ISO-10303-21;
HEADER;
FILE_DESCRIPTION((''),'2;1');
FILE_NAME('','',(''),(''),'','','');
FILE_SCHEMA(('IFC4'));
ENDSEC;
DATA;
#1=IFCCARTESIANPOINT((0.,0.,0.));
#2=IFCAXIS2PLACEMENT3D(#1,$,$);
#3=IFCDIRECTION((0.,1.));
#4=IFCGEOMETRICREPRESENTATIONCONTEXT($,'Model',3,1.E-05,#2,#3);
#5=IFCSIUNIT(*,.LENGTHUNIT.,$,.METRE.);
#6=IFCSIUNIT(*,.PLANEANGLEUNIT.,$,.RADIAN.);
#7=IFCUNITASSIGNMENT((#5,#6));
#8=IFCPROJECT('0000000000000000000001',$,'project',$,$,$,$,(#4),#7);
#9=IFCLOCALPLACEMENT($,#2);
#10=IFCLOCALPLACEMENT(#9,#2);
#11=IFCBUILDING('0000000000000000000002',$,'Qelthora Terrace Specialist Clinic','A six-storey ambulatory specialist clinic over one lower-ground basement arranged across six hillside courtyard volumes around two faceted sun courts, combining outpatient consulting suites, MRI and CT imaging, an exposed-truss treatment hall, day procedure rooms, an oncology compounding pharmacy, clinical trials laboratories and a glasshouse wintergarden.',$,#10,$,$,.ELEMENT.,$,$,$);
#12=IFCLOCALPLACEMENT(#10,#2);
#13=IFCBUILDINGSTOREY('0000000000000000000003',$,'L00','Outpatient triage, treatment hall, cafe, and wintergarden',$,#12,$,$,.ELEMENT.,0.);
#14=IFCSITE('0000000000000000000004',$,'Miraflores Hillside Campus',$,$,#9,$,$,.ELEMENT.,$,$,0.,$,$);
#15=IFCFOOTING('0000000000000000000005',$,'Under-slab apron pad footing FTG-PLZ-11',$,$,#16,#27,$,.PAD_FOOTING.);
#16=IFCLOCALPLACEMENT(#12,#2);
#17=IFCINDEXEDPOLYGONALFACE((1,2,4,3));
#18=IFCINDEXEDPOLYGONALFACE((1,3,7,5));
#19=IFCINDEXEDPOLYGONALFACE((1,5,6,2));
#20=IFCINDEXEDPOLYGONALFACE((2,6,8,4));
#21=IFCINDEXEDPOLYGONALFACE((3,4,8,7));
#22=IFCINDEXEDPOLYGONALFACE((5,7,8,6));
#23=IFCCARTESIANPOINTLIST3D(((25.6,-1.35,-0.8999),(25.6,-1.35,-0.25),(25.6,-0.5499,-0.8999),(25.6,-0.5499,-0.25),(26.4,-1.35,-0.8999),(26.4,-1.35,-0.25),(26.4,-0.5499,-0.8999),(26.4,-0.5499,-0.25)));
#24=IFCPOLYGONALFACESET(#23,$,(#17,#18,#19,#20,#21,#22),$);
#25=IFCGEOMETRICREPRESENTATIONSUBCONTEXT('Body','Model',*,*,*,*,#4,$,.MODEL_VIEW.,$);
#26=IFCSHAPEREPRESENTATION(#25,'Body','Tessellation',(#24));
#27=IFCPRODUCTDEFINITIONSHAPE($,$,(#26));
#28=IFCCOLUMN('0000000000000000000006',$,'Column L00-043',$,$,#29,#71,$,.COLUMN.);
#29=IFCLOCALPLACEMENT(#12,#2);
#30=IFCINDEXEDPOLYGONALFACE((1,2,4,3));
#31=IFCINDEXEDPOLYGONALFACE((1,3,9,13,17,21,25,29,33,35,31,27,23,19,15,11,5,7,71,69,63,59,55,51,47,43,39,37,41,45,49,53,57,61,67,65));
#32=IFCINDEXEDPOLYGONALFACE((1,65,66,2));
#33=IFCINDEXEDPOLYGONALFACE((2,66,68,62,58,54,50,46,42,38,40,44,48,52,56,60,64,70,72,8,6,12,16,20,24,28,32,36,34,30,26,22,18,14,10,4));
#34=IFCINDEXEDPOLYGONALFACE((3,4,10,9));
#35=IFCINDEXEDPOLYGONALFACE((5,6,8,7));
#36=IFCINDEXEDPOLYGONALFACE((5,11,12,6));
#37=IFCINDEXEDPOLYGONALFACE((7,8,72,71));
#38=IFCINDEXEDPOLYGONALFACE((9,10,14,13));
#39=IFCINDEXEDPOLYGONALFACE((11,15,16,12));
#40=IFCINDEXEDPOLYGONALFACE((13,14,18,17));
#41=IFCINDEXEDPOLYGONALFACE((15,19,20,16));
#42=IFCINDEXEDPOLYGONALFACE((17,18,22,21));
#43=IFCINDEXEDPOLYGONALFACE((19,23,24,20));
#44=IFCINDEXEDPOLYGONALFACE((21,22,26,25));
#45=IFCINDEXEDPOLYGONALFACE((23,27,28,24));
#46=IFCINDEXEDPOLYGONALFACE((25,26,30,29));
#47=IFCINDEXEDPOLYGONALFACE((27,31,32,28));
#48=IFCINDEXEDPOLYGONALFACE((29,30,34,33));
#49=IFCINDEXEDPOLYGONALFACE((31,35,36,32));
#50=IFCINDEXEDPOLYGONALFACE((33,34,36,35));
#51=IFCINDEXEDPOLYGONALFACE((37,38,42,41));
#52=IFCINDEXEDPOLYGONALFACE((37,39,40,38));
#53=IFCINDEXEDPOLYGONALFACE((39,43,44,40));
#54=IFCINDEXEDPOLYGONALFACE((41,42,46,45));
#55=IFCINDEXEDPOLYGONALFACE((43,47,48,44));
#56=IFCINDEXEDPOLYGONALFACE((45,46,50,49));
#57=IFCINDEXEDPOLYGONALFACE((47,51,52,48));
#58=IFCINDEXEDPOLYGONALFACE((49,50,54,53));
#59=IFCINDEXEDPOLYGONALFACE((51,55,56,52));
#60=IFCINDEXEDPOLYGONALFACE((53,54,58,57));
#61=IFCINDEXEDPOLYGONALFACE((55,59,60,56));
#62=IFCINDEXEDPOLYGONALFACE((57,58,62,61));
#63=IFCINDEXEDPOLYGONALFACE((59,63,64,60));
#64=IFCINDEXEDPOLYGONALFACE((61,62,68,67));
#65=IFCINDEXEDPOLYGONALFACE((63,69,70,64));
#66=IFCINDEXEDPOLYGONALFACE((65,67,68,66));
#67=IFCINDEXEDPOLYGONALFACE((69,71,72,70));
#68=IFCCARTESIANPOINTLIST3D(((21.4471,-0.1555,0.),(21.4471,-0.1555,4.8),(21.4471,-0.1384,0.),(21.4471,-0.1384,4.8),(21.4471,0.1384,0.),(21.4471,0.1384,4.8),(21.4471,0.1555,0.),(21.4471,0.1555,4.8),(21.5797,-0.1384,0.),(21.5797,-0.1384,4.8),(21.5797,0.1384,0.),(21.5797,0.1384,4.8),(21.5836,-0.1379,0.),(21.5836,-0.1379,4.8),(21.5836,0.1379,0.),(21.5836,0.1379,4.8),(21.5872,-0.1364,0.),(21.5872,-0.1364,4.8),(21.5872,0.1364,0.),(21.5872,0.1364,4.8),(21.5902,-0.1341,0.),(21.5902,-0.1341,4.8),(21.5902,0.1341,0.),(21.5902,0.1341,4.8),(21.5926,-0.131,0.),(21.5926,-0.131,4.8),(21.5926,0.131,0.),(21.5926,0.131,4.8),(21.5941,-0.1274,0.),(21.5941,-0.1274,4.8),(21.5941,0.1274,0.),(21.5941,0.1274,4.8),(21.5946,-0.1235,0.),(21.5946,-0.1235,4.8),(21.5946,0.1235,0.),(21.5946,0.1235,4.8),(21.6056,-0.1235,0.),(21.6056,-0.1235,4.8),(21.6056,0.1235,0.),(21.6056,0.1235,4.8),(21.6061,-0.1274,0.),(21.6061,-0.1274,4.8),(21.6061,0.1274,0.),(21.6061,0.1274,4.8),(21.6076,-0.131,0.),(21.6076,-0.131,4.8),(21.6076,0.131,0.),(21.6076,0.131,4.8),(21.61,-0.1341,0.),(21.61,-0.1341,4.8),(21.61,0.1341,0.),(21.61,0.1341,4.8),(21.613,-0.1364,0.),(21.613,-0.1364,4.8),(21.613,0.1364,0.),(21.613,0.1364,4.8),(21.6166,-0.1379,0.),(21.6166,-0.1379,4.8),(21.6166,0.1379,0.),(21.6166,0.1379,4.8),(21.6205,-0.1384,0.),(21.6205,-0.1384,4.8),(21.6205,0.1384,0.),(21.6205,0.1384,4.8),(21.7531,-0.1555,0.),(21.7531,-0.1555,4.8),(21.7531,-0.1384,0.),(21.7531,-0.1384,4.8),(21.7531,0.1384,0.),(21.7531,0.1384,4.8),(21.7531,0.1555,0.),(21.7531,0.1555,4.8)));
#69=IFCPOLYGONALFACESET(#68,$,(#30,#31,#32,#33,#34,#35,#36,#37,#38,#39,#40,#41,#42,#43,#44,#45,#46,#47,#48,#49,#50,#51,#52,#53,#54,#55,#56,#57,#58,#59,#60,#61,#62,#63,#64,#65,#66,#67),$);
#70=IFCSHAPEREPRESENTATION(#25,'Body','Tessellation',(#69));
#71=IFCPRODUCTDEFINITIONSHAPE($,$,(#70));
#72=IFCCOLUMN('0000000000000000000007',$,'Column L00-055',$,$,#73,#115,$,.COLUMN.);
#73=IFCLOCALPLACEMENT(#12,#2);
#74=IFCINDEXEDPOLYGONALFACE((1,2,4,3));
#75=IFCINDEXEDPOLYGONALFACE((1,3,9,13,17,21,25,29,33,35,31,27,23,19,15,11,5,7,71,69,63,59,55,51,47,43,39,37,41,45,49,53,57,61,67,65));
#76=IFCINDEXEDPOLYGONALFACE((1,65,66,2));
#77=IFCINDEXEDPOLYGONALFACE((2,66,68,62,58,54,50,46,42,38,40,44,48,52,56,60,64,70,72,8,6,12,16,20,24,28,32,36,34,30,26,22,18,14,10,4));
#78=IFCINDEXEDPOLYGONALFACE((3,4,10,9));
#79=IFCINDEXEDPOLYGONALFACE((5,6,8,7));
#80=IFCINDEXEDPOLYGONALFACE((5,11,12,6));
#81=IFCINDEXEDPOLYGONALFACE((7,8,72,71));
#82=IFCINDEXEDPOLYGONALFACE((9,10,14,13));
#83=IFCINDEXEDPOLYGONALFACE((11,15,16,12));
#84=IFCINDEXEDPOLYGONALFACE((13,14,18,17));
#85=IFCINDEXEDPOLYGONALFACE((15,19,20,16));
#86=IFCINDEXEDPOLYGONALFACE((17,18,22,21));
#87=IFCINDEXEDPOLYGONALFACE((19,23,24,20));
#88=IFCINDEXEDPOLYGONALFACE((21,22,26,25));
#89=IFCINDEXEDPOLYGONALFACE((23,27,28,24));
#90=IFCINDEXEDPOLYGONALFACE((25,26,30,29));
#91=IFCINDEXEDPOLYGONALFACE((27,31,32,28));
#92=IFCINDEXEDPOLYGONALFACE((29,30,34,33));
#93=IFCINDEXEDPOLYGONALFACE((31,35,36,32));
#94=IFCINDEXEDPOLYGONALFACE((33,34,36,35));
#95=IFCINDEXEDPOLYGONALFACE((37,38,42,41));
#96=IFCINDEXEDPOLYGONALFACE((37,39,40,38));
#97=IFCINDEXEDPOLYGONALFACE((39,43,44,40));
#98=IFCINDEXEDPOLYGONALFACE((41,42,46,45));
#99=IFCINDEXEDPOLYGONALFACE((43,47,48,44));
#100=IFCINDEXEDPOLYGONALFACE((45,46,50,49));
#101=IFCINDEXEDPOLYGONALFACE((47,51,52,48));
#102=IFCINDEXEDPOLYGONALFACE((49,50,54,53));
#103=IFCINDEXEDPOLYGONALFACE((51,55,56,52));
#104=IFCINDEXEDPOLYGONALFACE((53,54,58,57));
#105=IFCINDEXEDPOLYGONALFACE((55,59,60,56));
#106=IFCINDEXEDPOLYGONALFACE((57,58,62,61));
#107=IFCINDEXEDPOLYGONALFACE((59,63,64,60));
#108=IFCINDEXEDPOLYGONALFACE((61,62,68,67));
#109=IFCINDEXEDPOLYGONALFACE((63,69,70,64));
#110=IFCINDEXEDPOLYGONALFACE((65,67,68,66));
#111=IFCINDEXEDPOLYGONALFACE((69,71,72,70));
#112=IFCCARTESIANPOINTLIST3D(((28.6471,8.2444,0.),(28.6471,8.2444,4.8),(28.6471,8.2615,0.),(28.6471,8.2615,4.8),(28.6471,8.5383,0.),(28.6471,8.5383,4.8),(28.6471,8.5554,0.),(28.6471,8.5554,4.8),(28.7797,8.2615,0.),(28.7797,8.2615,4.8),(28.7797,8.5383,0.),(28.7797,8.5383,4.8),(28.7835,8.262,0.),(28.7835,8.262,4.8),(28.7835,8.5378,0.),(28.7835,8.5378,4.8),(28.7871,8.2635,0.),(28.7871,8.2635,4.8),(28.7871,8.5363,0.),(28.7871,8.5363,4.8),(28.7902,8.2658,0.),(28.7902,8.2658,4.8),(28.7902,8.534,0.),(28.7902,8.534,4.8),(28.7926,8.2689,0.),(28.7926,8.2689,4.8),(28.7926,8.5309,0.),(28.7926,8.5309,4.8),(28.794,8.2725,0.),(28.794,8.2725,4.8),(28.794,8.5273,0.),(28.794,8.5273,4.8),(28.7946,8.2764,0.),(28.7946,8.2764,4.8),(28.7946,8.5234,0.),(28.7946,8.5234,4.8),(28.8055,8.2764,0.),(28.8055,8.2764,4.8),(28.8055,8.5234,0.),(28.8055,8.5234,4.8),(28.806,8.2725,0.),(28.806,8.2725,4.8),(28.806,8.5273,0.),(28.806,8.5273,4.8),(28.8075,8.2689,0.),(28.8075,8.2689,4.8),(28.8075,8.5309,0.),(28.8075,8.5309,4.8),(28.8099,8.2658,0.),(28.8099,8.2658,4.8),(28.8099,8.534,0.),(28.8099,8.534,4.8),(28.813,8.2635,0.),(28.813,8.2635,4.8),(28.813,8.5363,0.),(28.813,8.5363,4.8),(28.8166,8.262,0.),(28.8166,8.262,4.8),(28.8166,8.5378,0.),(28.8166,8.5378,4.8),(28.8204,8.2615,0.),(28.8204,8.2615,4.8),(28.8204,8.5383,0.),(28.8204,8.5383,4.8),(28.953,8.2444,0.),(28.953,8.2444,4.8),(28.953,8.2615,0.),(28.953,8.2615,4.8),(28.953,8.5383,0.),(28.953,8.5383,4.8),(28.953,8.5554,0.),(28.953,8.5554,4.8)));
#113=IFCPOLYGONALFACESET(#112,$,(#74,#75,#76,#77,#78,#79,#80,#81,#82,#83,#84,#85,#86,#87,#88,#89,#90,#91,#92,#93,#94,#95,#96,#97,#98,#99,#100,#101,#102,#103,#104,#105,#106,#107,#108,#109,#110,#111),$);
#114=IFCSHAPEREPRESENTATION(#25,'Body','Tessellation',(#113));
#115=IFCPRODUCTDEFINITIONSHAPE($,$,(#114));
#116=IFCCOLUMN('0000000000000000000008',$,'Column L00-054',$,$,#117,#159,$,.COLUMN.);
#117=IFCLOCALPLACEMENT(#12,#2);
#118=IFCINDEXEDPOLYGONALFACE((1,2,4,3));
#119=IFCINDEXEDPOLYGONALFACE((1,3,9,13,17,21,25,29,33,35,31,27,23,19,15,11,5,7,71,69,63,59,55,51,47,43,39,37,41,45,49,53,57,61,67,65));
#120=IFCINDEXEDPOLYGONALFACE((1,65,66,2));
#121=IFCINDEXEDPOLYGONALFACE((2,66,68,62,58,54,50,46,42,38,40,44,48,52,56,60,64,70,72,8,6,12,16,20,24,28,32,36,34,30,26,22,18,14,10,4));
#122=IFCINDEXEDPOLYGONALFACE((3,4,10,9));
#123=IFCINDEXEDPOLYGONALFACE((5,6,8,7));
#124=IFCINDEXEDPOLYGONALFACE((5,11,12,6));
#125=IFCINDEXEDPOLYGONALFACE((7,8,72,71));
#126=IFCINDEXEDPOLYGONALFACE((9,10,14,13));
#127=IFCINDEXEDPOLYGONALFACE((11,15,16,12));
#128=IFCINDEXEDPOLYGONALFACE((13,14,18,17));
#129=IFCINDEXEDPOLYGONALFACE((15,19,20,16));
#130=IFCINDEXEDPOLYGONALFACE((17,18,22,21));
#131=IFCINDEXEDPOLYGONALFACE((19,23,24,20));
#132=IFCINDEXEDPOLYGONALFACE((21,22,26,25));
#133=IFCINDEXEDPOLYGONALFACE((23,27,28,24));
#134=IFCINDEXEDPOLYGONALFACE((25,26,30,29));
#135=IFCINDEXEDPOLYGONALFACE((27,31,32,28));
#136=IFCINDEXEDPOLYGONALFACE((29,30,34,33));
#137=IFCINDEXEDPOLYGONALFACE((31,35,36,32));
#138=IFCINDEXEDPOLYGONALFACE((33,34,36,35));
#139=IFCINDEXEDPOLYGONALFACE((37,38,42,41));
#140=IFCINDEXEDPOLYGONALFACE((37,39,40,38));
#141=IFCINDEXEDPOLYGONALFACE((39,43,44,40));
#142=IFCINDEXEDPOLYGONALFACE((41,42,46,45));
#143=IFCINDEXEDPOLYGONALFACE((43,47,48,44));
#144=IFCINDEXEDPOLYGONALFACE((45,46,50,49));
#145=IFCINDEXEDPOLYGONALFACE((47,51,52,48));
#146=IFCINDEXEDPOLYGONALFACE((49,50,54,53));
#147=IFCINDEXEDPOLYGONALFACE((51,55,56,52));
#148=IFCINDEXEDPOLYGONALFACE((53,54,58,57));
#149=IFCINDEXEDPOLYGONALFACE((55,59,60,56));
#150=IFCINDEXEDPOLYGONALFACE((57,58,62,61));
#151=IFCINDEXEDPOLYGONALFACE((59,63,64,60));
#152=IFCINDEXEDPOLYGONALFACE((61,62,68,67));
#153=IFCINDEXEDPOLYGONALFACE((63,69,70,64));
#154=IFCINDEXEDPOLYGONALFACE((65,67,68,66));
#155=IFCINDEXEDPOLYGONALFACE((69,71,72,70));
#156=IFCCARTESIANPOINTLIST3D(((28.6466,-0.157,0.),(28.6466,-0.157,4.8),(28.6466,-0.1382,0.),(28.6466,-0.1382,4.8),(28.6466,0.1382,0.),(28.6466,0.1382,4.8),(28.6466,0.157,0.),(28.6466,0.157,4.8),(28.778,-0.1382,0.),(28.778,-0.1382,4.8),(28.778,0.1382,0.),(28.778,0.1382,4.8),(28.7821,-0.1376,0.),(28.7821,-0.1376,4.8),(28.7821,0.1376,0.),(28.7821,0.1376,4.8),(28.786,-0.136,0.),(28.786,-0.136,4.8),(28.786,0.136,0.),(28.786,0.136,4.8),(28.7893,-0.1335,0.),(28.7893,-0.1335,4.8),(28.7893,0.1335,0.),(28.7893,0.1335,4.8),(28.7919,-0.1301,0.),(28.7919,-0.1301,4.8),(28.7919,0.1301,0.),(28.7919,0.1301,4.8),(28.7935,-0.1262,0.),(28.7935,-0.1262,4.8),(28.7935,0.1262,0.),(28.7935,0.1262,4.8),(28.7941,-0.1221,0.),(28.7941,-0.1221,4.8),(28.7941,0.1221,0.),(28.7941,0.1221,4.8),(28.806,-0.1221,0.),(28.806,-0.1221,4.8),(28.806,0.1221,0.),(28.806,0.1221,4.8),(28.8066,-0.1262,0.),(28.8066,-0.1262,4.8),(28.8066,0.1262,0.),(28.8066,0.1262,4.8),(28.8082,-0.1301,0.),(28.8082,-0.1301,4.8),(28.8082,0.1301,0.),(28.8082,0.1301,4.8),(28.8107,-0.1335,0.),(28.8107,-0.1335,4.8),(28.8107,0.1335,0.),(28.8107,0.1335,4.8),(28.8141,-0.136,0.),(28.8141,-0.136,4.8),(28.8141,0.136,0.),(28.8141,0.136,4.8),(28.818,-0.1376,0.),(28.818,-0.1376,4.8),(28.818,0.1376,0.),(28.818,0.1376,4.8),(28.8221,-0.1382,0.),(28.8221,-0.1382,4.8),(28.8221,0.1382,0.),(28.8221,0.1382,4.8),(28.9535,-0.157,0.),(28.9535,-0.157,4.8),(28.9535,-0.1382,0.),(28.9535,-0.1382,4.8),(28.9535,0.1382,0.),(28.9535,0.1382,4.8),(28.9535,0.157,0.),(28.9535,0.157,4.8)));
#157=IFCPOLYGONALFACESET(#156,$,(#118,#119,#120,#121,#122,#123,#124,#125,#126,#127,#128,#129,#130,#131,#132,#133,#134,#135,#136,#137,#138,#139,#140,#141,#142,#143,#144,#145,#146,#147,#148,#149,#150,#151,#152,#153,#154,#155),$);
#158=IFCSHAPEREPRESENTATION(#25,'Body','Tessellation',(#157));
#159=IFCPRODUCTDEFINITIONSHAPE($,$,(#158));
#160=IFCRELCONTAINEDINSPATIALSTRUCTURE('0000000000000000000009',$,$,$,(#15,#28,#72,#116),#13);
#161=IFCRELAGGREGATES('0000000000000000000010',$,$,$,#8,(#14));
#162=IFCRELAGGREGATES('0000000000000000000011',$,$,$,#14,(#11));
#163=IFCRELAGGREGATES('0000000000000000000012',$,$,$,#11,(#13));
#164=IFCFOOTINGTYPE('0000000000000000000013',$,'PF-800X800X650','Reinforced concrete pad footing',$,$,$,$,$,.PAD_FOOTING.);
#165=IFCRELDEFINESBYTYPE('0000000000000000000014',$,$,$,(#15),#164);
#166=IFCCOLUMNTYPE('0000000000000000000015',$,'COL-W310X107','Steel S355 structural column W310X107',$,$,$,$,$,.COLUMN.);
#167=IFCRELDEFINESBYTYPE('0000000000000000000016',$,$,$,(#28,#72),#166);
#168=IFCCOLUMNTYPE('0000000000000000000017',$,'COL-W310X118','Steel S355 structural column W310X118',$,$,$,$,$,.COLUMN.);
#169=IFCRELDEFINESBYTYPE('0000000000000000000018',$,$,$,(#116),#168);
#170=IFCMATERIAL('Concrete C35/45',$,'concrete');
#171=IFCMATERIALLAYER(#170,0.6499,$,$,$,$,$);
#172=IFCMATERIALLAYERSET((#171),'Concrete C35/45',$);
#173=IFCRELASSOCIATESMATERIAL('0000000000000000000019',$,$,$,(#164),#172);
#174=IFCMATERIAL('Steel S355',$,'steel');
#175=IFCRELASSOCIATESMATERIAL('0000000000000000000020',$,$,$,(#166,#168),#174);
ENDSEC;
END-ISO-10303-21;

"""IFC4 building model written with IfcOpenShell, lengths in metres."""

from ifc_helpers import new_model, si_unit, direction, frame, origin, origin_2d, place, context, subcontext, project, spatial, rectangle, i_section, extrude, material, layer, layer_set, material_profile, profile_set, type_object, element, save


model = new_model("IFC4")

# Units and contexts
model_context = context("Model", 3, precision=1e-05, world=origin(), true_north=direction((0.0, 1.0)))
body_context = subcontext(model_context, "Body", "Model", "MODEL_VIEW")
ifc_project = project(units=[si_unit("LENGTHUNIT", "METRE"), si_unit("PLANEANGLEUNIT", "RADIAN")], contexts=[model_context])

# Site, building, storey
site_placement = place(None, origin())
site = spatial("IfcSite", under=ifc_project, at=site_placement, Name="Miraflores Hillside Campus", CompositionType="ELEMENT", RefElevation=0.0)
building_placement = place(site_placement, origin())
building = spatial("IfcBuilding", under=site, at=building_placement, Name="Qelthora Terrace Specialist Clinic", Description="A six-storey ambulatory specialist clinic over one lower-ground basement arranged across six hillside courtyard volumes around two faceted sun courts, combining outpatient consulting suites, MRI and CT imaging, an exposed-truss treatment hall, day procedure rooms, an oncology compounding pharmacy, clinical trials laboratories and a glasshouse wintergarden.", CompositionType="ELEMENT")
storey_placement = place(building_placement, origin())
storey = spatial("IfcBuildingStorey", under=building, at=storey_placement, Name="L00", Description="Outpatient triage, treatment hall, cafe, and wintergarden", CompositionType="ELEMENT", Elevation=0.0)

# Footing
ifc_material_1 = material(Name="Concrete C35/45", Category="concrete")
ifc_layer_1 = layer(ifc_material_1, 0.6499)
ifc_layer_set_1 = layer_set([ifc_layer_1], Name="Concrete C35/45")
footing_type = type_object("IfcFootingType", Name="PF-800X800X650", Description="Reinforced concrete pad footing", PredefinedType="PAD_FOOTING", material=ifc_layer_set_1)
footing_placement = place(storey_placement, frame((26.0, -0.95, -0.8999), z_axis=(0.0, 0.0, 1.0), x_axis=(1.0, 0.0, 0.0)))
element("IfcFooting", 1, at=footing_placement, inside=storey, type_object=footing_type, Name="Under-slab apron pad footing FTG-PLZ-11", PredefinedType="PAD_FOOTING", context=body_context, shape_type="SweptSolid", body=[
    extrude(rectangle(XDim=0.8, YDim=0.8, at=origin_2d()), origin(), (0.0, 0.0, 1.0), 0.6499),
])

# Columns
ifc_material_2 = material(Name="Steel S355", Category="steel")
ifc_material_profile_1 = material_profile(ifc_material_2, i_section(OverallWidth=0.3059, OverallDepth=0.311, WebThickness=0.011, FlangeThickness=0.0171, FilletRadius=0.0149, at=origin_2d()), Name="W310X107")
ifc_profile_set_1 = profile_set([ifc_material_profile_1], Name="Steel S355")
column_type_1 = type_object("IfcColumnType", Name="COL-W310X107", Description="Steel S355 structural column W310X107", PredefinedType="COLUMN", material=ifc_profile_set_1)
for number, where, z_axis, x_axis, name in (
    (2, (21.6001, 0.0, 0.0), (0.0, 0.0, 1.0), (1.0, 0.0, 0.0), "Column L00-043"),
    (3, (28.8, 8.3999, 0.0), (0.0, 0.0, 1.0), (1.0, 0.0, 0.0), "Column L00-055"),
):
    element("IfcColumn", number, at=place(storey_placement, frame(where, z_axis=z_axis, x_axis=x_axis)), inside=storey, type_object=column_type_1, Name=name, PredefinedType="COLUMN", context=body_context, shape_type="SweptSolid", body=[
        extrude(i_section(OverallWidth=0.3059, OverallDepth=0.311, WebThickness=0.011, FlangeThickness=0.0171, FilletRadius=0.0149, at=origin_2d()), origin(), (0.0, 0.0, 1.0), 4.8),
    ])
ifc_material_profile_2 = material_profile(ifc_material_2, i_section(OverallWidth=0.3069, OverallDepth=0.314, WebThickness=0.012, FlangeThickness=0.0188, FilletRadius=0.0161, at=origin_2d()), Name="W310X118")
ifc_profile_set_2 = profile_set([ifc_material_profile_2], Name="Steel S355")
column_type_2 = type_object("IfcColumnType", Name="COL-W310X118", Description="Steel S355 structural column W310X118", PredefinedType="COLUMN", material=ifc_profile_set_2)
column_placement = place(storey_placement, frame((28.8, 0.0, 0.0), z_axis=(0.0, 0.0, 1.0), x_axis=(1.0, 0.0, 0.0)))
element("IfcColumn", 4, at=column_placement, inside=storey, type_object=column_type_2, Name="Column L00-054", PredefinedType="COLUMN", context=body_context, shape_type="SweptSolid", body=[
    extrude(i_section(OverallWidth=0.3069, OverallDepth=0.314, WebThickness=0.012, FlangeThickness=0.0188, FilletRadius=0.0161, at=origin_2d()), origin(), (0.0, 0.0, 1.0), 4.8),
])

save(model, "model.ifc")
